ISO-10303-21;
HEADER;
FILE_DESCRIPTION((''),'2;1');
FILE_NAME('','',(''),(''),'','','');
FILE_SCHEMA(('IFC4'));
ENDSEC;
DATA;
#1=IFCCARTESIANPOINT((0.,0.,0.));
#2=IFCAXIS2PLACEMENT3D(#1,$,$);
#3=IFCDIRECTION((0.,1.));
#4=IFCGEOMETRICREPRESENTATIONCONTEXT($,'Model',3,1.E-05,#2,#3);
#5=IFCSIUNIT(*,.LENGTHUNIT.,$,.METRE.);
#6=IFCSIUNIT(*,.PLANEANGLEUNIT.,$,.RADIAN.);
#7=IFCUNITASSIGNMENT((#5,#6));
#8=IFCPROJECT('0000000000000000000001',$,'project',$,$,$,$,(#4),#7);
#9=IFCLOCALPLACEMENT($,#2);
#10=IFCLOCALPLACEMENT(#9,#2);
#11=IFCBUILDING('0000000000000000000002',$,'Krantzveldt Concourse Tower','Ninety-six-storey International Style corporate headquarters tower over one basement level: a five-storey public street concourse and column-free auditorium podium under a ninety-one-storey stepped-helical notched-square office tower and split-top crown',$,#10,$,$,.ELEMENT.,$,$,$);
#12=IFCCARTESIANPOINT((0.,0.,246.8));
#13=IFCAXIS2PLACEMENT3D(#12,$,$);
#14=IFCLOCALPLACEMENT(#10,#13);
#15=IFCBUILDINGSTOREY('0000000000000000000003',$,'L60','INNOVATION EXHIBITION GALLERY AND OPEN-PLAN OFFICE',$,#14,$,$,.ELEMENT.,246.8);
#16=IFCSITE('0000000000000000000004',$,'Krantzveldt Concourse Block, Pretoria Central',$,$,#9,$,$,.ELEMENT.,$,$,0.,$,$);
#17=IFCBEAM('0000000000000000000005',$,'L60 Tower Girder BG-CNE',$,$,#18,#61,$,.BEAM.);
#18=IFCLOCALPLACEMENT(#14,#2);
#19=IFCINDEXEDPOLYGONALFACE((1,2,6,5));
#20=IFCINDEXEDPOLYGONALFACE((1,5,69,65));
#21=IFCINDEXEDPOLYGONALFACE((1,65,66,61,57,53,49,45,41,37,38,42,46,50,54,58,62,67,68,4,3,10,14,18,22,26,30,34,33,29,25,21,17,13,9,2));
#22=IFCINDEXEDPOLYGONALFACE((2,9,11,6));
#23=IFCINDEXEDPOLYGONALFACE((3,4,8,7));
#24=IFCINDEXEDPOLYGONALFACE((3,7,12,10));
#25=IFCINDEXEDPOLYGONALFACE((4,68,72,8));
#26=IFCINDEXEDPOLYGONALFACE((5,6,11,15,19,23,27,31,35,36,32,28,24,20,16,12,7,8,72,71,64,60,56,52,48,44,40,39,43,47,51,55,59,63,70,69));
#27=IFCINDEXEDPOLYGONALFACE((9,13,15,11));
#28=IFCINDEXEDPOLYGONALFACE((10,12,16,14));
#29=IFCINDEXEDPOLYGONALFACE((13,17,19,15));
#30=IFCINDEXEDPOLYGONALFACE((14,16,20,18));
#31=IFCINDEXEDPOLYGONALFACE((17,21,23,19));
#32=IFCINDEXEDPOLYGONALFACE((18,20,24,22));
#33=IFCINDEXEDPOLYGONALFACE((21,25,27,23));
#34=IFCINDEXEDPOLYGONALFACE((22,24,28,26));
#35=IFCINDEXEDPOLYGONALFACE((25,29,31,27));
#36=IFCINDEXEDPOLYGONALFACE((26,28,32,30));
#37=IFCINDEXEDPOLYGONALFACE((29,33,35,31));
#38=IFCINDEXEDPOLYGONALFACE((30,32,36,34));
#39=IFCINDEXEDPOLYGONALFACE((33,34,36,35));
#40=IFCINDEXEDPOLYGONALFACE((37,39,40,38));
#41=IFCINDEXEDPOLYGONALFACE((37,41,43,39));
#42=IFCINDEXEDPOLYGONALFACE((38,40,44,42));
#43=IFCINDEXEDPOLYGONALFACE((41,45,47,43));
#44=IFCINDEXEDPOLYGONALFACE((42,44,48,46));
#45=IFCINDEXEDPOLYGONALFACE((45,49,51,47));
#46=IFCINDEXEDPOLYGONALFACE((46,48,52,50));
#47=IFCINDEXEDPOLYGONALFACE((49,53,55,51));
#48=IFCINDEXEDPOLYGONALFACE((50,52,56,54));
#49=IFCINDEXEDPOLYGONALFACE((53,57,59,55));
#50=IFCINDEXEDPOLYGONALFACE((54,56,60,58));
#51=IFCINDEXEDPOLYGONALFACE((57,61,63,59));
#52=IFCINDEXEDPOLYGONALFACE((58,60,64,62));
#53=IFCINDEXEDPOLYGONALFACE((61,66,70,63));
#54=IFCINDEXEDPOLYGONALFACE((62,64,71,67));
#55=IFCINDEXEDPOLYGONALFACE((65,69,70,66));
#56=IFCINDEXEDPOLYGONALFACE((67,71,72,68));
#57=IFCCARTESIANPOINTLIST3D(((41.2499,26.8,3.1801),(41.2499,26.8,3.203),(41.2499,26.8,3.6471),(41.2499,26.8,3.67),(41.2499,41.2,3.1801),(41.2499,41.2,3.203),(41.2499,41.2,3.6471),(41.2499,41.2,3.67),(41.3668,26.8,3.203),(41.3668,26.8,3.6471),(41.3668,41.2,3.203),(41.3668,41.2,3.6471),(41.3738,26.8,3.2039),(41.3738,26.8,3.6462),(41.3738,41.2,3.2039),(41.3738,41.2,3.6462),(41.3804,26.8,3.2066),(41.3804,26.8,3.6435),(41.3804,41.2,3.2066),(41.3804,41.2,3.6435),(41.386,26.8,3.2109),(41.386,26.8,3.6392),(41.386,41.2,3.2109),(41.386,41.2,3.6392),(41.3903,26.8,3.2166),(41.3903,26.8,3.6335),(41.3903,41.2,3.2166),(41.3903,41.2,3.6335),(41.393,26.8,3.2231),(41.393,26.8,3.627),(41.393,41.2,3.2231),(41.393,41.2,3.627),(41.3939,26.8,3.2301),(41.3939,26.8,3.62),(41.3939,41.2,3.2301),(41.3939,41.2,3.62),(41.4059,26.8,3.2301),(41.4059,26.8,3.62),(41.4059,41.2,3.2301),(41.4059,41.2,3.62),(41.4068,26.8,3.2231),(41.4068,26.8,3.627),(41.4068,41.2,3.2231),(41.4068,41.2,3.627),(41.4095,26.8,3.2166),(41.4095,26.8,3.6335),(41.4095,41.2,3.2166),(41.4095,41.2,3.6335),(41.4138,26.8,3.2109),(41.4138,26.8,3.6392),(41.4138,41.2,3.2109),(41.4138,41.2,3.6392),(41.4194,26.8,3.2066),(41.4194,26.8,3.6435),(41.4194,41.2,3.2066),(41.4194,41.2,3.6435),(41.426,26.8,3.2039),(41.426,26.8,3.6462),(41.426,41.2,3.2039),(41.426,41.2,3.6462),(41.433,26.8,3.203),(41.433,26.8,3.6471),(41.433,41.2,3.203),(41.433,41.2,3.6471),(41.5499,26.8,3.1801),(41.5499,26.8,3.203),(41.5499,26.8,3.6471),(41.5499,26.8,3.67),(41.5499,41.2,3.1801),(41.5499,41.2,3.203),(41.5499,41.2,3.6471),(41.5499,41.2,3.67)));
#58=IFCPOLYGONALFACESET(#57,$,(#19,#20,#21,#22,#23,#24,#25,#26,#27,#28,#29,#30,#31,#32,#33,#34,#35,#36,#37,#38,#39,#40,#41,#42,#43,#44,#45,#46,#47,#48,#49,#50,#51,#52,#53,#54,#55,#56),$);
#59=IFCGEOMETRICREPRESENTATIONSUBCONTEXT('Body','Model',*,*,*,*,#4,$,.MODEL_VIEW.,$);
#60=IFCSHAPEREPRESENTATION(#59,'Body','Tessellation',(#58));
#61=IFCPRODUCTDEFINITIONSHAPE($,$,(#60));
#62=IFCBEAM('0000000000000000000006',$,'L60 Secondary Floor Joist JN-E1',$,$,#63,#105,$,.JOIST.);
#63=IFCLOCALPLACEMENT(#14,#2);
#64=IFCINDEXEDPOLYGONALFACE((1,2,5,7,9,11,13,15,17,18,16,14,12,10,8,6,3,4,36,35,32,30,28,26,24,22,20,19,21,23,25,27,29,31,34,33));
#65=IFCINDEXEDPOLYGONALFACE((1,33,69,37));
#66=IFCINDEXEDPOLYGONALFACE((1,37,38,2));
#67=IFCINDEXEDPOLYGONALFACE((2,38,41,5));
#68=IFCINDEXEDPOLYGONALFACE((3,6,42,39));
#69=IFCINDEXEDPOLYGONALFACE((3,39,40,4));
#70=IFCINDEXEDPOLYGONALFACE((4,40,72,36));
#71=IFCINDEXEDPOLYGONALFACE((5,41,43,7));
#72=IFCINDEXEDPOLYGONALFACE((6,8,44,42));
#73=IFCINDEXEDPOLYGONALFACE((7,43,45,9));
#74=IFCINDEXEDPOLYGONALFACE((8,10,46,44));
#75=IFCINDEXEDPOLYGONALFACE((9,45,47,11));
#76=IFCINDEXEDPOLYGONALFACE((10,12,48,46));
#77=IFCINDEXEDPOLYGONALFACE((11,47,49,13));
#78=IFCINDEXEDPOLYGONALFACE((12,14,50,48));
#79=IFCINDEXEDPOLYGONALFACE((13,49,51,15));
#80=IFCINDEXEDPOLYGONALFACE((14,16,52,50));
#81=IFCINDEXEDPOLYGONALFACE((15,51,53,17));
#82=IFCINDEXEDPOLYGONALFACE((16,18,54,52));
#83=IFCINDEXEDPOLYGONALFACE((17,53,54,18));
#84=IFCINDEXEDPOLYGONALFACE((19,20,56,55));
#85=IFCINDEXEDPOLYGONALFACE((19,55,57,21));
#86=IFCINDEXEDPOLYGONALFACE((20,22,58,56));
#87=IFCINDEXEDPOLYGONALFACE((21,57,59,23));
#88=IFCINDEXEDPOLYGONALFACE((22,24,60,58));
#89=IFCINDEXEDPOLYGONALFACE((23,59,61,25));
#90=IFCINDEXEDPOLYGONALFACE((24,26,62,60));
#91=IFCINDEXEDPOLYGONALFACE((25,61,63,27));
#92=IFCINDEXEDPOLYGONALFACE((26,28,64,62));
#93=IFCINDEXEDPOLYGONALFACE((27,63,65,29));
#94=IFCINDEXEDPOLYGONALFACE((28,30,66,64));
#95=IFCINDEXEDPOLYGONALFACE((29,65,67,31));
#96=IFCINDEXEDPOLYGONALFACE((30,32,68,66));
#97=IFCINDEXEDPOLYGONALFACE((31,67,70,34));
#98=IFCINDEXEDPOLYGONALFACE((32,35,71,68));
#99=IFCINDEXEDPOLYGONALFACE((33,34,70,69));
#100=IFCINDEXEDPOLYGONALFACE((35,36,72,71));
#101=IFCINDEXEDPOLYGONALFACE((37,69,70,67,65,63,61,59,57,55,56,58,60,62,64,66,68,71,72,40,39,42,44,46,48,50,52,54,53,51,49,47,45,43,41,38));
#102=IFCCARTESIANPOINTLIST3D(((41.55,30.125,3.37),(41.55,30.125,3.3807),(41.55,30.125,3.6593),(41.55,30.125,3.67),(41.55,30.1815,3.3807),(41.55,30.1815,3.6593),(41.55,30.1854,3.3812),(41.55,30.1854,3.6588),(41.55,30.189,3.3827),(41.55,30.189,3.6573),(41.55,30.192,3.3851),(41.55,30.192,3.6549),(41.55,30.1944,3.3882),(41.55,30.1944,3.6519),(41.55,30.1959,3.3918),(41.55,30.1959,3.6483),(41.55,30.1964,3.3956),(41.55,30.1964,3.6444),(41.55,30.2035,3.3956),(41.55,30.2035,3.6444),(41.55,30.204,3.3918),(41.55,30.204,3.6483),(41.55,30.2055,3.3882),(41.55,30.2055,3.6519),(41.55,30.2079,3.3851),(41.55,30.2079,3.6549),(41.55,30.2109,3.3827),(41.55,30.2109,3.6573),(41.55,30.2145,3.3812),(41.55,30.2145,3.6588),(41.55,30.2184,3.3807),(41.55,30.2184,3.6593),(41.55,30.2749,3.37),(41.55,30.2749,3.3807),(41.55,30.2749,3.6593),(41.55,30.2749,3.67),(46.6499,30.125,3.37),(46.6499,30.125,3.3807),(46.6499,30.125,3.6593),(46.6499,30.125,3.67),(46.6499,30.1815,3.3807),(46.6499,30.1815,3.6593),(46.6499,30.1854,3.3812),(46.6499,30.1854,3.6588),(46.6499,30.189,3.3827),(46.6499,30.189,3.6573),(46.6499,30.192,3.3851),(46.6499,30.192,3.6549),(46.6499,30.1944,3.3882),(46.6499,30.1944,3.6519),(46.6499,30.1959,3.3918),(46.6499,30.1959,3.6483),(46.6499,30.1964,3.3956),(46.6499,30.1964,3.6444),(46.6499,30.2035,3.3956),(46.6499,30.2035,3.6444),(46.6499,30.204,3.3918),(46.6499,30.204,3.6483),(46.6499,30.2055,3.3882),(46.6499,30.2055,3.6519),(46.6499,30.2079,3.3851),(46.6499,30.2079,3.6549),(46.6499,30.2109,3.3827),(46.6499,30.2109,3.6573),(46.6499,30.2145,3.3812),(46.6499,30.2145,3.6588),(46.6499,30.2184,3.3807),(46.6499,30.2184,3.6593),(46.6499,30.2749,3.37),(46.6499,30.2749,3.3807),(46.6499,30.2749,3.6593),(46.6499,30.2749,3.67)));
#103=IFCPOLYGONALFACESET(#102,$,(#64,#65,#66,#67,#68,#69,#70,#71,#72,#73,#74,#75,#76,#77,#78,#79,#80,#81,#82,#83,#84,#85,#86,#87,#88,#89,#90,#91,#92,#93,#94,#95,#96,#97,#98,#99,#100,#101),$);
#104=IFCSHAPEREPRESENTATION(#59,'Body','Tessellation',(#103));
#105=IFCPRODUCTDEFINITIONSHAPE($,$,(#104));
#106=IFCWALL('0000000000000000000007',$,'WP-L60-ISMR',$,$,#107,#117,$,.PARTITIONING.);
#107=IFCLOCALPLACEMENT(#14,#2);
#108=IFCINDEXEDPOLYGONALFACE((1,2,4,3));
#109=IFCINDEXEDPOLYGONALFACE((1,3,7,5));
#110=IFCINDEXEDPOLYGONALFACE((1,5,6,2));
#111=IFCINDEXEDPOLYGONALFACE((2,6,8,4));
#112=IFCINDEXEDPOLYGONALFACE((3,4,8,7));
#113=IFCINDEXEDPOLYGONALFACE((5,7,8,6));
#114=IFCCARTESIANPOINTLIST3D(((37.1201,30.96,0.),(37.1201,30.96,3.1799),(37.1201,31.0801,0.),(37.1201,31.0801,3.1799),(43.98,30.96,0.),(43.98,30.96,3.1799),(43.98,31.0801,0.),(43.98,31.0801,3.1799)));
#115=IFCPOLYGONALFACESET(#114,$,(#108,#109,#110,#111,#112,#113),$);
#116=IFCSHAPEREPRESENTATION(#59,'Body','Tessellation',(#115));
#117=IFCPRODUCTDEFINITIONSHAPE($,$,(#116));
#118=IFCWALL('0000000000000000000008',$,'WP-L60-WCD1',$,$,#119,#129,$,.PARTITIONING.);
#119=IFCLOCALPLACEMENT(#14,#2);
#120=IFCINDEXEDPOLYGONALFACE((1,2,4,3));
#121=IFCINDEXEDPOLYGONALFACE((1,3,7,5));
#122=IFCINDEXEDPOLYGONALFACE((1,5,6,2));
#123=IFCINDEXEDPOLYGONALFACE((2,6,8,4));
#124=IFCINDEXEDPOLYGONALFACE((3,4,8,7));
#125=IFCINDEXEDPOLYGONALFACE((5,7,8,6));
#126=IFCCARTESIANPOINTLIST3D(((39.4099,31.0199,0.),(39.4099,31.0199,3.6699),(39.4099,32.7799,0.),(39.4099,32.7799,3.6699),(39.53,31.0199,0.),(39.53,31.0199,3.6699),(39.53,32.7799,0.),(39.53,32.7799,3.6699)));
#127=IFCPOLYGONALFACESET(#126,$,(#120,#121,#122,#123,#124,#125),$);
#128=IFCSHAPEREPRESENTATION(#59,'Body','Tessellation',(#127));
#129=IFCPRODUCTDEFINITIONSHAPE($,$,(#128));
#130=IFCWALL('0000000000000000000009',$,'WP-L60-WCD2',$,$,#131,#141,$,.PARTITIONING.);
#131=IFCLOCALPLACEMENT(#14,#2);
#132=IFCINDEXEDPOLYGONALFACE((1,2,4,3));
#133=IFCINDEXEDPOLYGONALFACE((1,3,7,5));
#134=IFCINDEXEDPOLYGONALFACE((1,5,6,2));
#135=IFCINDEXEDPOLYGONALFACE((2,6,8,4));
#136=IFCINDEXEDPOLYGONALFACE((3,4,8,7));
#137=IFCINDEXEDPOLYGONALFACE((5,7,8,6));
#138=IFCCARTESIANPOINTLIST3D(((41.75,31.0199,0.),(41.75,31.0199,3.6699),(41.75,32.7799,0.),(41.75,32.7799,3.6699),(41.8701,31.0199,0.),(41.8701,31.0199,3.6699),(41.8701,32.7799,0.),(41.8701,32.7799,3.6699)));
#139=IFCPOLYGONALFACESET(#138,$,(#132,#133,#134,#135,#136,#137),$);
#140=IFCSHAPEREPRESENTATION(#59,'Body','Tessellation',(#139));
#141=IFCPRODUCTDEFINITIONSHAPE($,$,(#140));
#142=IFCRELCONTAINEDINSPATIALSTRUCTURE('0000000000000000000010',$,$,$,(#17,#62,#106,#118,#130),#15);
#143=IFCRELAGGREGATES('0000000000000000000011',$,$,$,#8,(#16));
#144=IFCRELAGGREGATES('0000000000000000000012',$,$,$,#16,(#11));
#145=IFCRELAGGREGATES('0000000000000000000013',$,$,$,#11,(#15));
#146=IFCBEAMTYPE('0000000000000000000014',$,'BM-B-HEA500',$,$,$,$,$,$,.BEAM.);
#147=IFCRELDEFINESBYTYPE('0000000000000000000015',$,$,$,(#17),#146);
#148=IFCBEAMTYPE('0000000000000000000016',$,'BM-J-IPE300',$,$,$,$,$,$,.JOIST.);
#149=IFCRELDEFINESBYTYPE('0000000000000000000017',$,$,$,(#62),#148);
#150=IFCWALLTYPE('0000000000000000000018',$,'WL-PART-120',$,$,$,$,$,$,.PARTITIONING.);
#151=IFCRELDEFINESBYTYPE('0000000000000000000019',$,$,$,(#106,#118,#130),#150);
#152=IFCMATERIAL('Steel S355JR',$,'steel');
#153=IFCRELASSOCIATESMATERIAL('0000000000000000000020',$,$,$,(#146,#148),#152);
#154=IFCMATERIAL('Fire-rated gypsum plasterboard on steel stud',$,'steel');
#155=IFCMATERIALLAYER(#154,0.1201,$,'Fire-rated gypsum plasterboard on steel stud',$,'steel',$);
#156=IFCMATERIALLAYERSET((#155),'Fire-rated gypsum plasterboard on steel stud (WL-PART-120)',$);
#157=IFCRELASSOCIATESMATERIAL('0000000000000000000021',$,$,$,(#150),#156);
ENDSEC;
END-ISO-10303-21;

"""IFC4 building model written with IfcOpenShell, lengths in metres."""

from ifc_helpers import new_model, si_unit, direction, frame, frame_2d, origin, origin_2d, place, context, subcontext, project, spatial, rectangle, i_section, extrude, source, transform, mapped, material, layer, layer_set, material_profile, profile_set, type_object, type_shapes, element, save


model = new_model("IFC4")

# Units and contexts
model_context = context("Model", 3, precision=1e-05, world=origin(), true_north=direction((0.0, 1.0)))
body_context = subcontext(model_context, "Body", "Model", "MODEL_VIEW")
ifc_project = project(units=[si_unit("LENGTHUNIT", "METRE"), si_unit("PLANEANGLEUNIT", "RADIAN")], contexts=[model_context])

# Site, building, storey
site_placement = place(None, origin())
site = spatial("IfcSite", under=ifc_project, at=site_placement, Name="Krantzveldt Concourse Block, Pretoria Central", CompositionType="ELEMENT", RefElevation=0.0)
building_placement = place(site_placement, origin())
building = spatial("IfcBuilding", under=site, at=building_placement, Name="Krantzveldt Concourse Tower", Description="Ninety-six-storey International Style corporate headquarters tower over one basement level: a five-storey public street concourse and column-free auditorium podium under a ninety-one-storey stepped-helical notched-square office tower and split-top crown", CompositionType="ELEMENT")
storey_placement = place(building_placement, frame((0.0, 0.0, 246.8)))
storey = spatial("IfcBuildingStorey", under=building, at=storey_placement, Name="L60", Description="INNOVATION EXHIBITION GALLERY AND OPEN-PLAN OFFICE", CompositionType="ELEMENT", Elevation=246.8)

# Beams
ifc_material_1 = material(Name="Steel S355JR", Category="steel")
ifc_material_profile_1 = material_profile(ifc_material_1, i_section(OverallWidth=0.3, OverallDepth=0.49, WebThickness=0.012, FlangeThickness=0.0229, FilletRadius=0.0271, at=origin_2d()), Name="Steel S355JR", Category="steel")
ifc_profile_set_1 = profile_set([ifc_material_profile_1], Name="Steel S355JR - HEA 500")
beam_type_1 = type_object("IfcBeamType", Name="BM-B-HEA500", PredefinedType="BEAM", material=ifc_profile_set_1)
shared_shape_1 = source(origin(), body_context, "Body", "SweptSolid", [
    extrude(i_section(OverallWidth=0.3, OverallDepth=0.49, WebThickness=0.012, FlangeThickness=0.0229, FilletRadius=0.0271, at=origin_2d()), origin(), (0.0, 0.0, 1.0), 14.3999),
])
type_shapes(beam_type_1, [shared_shape_1])
beam_1_placement = place(storey_placement, frame((41.3999, 26.8, 3.425), z_axis=(0.0, 1.0, 0.0), x_axis=(-1.0, 0.0, 0.0)))
element("IfcBeam", 1, at=beam_1_placement, inside=storey, type_object=beam_type_1, Name="L60 Tower Girder BG-CNE", PredefinedType="BEAM", context=body_context, shape_type="MappedRepresentation", body=[
    mapped(shared_shape_1, transform((0.0, 0.0, 0.0), x_axis=(1.0, 0.0, 0.0), y_axis=(0.0, 1.0, 0.0), z_axis=(0.0, 0.0, 1.0), scale=1.0)),
])
ifc_material_profile_2 = material_profile(ifc_material_1, i_section(OverallWidth=0.1499, OverallDepth=0.3, WebThickness=0.0071, FlangeThickness=0.0107, FilletRadius=0.0149, at=origin_2d()), Name="Steel S355JR", Category="steel")
ifc_profile_set_2 = profile_set([ifc_material_profile_2], Name="Steel S355JR - IPE 300")
beam_type_2 = type_object("IfcBeamType", Name="BM-J-IPE300", PredefinedType="JOIST", material=ifc_profile_set_2)
shared_shape_2 = source(origin(), body_context, "Body", "SweptSolid", [
    extrude(i_section(OverallWidth=0.1499, OverallDepth=0.3, WebThickness=0.0071, FlangeThickness=0.0107, FilletRadius=0.0149, at=origin_2d()), origin(), (0.0, 0.0, 1.0), 5.0999),
])
type_shapes(beam_type_2, [shared_shape_2])
beam_2_placement = place(storey_placement, frame((41.55, 30.2, 3.52), z_axis=(1.0, 0.0, 0.0), x_axis=(0.0, 1.0, 0.0)))
element("IfcBeam", 2, at=beam_2_placement, inside=storey, type_object=beam_type_2, Name="L60 Secondary Floor Joist JN-E1", PredefinedType="JOIST", context=body_context, shape_type="MappedRepresentation", body=[
    mapped(shared_shape_2, transform((0.0, 0.0, 0.0), x_axis=(1.0, 0.0, 0.0), y_axis=(0.0, 1.0, 0.0), z_axis=(0.0, 0.0, 1.0), scale=1.0)),
])

# Walls
ifc_material_2 = material(Name="Fire-rated gypsum plasterboard on steel stud", Category="steel")
ifc_layer_1 = layer(ifc_material_2, 0.1201, Name="Fire-rated gypsum plasterboard on steel stud", Category="steel")
ifc_layer_set_1 = layer_set([ifc_layer_1], Name="Fire-rated gypsum plasterboard on steel stud (WL-PART-120)")
wall_type_1 = type_object("IfcWallType", Name="WL-PART-120", PredefinedType="PARTITIONING", material=ifc_layer_set_1)
wall_1_placement = place(storey_placement, frame((37.1201, 31.02, 0.0), z_axis=(0.0, 0.0, 1.0), x_axis=(1.0, 0.0, 0.0)))
element("IfcWall", 3, at=wall_1_placement, inside=storey, type_object=wall_type_1, Name="WP-L60-ISMR", PredefinedType="PARTITIONING", context=body_context, shape_type="SweptSolid", body=[
    extrude(rectangle(XDim=6.8599, YDim=0.1201, at=frame_2d((3.4299, 0.0))), origin(), (0.0, 0.0, 1.0), 3.1799),
])
for number, where, z_axis, x_axis, name in (
    (4, (39.47, 31.02, 0.0), (0.0, 0.0, 1.0), (0.0, 1.0, 0.0), "WP-L60-WCD1"),
    (5, (41.8101, 31.02, 0.0), (0.0, 0.0, 1.0), (0.0, 1.0, 0.0), "WP-L60-WCD2"),
):
    element("IfcWall", number, at=place(storey_placement, frame(where, z_axis=z_axis, x_axis=x_axis)), inside=storey, type_object=wall_type_1, Name=name, PredefinedType="PARTITIONING", context=body_context, shape_type="SweptSolid", body=[
        extrude(rectangle(XDim=1.76, YDim=0.1201, at=frame_2d((0.8799, 0.0))), origin(), (0.0, 0.0, 1.0), 3.6699),
    ])

save(model, "model.ifc")
